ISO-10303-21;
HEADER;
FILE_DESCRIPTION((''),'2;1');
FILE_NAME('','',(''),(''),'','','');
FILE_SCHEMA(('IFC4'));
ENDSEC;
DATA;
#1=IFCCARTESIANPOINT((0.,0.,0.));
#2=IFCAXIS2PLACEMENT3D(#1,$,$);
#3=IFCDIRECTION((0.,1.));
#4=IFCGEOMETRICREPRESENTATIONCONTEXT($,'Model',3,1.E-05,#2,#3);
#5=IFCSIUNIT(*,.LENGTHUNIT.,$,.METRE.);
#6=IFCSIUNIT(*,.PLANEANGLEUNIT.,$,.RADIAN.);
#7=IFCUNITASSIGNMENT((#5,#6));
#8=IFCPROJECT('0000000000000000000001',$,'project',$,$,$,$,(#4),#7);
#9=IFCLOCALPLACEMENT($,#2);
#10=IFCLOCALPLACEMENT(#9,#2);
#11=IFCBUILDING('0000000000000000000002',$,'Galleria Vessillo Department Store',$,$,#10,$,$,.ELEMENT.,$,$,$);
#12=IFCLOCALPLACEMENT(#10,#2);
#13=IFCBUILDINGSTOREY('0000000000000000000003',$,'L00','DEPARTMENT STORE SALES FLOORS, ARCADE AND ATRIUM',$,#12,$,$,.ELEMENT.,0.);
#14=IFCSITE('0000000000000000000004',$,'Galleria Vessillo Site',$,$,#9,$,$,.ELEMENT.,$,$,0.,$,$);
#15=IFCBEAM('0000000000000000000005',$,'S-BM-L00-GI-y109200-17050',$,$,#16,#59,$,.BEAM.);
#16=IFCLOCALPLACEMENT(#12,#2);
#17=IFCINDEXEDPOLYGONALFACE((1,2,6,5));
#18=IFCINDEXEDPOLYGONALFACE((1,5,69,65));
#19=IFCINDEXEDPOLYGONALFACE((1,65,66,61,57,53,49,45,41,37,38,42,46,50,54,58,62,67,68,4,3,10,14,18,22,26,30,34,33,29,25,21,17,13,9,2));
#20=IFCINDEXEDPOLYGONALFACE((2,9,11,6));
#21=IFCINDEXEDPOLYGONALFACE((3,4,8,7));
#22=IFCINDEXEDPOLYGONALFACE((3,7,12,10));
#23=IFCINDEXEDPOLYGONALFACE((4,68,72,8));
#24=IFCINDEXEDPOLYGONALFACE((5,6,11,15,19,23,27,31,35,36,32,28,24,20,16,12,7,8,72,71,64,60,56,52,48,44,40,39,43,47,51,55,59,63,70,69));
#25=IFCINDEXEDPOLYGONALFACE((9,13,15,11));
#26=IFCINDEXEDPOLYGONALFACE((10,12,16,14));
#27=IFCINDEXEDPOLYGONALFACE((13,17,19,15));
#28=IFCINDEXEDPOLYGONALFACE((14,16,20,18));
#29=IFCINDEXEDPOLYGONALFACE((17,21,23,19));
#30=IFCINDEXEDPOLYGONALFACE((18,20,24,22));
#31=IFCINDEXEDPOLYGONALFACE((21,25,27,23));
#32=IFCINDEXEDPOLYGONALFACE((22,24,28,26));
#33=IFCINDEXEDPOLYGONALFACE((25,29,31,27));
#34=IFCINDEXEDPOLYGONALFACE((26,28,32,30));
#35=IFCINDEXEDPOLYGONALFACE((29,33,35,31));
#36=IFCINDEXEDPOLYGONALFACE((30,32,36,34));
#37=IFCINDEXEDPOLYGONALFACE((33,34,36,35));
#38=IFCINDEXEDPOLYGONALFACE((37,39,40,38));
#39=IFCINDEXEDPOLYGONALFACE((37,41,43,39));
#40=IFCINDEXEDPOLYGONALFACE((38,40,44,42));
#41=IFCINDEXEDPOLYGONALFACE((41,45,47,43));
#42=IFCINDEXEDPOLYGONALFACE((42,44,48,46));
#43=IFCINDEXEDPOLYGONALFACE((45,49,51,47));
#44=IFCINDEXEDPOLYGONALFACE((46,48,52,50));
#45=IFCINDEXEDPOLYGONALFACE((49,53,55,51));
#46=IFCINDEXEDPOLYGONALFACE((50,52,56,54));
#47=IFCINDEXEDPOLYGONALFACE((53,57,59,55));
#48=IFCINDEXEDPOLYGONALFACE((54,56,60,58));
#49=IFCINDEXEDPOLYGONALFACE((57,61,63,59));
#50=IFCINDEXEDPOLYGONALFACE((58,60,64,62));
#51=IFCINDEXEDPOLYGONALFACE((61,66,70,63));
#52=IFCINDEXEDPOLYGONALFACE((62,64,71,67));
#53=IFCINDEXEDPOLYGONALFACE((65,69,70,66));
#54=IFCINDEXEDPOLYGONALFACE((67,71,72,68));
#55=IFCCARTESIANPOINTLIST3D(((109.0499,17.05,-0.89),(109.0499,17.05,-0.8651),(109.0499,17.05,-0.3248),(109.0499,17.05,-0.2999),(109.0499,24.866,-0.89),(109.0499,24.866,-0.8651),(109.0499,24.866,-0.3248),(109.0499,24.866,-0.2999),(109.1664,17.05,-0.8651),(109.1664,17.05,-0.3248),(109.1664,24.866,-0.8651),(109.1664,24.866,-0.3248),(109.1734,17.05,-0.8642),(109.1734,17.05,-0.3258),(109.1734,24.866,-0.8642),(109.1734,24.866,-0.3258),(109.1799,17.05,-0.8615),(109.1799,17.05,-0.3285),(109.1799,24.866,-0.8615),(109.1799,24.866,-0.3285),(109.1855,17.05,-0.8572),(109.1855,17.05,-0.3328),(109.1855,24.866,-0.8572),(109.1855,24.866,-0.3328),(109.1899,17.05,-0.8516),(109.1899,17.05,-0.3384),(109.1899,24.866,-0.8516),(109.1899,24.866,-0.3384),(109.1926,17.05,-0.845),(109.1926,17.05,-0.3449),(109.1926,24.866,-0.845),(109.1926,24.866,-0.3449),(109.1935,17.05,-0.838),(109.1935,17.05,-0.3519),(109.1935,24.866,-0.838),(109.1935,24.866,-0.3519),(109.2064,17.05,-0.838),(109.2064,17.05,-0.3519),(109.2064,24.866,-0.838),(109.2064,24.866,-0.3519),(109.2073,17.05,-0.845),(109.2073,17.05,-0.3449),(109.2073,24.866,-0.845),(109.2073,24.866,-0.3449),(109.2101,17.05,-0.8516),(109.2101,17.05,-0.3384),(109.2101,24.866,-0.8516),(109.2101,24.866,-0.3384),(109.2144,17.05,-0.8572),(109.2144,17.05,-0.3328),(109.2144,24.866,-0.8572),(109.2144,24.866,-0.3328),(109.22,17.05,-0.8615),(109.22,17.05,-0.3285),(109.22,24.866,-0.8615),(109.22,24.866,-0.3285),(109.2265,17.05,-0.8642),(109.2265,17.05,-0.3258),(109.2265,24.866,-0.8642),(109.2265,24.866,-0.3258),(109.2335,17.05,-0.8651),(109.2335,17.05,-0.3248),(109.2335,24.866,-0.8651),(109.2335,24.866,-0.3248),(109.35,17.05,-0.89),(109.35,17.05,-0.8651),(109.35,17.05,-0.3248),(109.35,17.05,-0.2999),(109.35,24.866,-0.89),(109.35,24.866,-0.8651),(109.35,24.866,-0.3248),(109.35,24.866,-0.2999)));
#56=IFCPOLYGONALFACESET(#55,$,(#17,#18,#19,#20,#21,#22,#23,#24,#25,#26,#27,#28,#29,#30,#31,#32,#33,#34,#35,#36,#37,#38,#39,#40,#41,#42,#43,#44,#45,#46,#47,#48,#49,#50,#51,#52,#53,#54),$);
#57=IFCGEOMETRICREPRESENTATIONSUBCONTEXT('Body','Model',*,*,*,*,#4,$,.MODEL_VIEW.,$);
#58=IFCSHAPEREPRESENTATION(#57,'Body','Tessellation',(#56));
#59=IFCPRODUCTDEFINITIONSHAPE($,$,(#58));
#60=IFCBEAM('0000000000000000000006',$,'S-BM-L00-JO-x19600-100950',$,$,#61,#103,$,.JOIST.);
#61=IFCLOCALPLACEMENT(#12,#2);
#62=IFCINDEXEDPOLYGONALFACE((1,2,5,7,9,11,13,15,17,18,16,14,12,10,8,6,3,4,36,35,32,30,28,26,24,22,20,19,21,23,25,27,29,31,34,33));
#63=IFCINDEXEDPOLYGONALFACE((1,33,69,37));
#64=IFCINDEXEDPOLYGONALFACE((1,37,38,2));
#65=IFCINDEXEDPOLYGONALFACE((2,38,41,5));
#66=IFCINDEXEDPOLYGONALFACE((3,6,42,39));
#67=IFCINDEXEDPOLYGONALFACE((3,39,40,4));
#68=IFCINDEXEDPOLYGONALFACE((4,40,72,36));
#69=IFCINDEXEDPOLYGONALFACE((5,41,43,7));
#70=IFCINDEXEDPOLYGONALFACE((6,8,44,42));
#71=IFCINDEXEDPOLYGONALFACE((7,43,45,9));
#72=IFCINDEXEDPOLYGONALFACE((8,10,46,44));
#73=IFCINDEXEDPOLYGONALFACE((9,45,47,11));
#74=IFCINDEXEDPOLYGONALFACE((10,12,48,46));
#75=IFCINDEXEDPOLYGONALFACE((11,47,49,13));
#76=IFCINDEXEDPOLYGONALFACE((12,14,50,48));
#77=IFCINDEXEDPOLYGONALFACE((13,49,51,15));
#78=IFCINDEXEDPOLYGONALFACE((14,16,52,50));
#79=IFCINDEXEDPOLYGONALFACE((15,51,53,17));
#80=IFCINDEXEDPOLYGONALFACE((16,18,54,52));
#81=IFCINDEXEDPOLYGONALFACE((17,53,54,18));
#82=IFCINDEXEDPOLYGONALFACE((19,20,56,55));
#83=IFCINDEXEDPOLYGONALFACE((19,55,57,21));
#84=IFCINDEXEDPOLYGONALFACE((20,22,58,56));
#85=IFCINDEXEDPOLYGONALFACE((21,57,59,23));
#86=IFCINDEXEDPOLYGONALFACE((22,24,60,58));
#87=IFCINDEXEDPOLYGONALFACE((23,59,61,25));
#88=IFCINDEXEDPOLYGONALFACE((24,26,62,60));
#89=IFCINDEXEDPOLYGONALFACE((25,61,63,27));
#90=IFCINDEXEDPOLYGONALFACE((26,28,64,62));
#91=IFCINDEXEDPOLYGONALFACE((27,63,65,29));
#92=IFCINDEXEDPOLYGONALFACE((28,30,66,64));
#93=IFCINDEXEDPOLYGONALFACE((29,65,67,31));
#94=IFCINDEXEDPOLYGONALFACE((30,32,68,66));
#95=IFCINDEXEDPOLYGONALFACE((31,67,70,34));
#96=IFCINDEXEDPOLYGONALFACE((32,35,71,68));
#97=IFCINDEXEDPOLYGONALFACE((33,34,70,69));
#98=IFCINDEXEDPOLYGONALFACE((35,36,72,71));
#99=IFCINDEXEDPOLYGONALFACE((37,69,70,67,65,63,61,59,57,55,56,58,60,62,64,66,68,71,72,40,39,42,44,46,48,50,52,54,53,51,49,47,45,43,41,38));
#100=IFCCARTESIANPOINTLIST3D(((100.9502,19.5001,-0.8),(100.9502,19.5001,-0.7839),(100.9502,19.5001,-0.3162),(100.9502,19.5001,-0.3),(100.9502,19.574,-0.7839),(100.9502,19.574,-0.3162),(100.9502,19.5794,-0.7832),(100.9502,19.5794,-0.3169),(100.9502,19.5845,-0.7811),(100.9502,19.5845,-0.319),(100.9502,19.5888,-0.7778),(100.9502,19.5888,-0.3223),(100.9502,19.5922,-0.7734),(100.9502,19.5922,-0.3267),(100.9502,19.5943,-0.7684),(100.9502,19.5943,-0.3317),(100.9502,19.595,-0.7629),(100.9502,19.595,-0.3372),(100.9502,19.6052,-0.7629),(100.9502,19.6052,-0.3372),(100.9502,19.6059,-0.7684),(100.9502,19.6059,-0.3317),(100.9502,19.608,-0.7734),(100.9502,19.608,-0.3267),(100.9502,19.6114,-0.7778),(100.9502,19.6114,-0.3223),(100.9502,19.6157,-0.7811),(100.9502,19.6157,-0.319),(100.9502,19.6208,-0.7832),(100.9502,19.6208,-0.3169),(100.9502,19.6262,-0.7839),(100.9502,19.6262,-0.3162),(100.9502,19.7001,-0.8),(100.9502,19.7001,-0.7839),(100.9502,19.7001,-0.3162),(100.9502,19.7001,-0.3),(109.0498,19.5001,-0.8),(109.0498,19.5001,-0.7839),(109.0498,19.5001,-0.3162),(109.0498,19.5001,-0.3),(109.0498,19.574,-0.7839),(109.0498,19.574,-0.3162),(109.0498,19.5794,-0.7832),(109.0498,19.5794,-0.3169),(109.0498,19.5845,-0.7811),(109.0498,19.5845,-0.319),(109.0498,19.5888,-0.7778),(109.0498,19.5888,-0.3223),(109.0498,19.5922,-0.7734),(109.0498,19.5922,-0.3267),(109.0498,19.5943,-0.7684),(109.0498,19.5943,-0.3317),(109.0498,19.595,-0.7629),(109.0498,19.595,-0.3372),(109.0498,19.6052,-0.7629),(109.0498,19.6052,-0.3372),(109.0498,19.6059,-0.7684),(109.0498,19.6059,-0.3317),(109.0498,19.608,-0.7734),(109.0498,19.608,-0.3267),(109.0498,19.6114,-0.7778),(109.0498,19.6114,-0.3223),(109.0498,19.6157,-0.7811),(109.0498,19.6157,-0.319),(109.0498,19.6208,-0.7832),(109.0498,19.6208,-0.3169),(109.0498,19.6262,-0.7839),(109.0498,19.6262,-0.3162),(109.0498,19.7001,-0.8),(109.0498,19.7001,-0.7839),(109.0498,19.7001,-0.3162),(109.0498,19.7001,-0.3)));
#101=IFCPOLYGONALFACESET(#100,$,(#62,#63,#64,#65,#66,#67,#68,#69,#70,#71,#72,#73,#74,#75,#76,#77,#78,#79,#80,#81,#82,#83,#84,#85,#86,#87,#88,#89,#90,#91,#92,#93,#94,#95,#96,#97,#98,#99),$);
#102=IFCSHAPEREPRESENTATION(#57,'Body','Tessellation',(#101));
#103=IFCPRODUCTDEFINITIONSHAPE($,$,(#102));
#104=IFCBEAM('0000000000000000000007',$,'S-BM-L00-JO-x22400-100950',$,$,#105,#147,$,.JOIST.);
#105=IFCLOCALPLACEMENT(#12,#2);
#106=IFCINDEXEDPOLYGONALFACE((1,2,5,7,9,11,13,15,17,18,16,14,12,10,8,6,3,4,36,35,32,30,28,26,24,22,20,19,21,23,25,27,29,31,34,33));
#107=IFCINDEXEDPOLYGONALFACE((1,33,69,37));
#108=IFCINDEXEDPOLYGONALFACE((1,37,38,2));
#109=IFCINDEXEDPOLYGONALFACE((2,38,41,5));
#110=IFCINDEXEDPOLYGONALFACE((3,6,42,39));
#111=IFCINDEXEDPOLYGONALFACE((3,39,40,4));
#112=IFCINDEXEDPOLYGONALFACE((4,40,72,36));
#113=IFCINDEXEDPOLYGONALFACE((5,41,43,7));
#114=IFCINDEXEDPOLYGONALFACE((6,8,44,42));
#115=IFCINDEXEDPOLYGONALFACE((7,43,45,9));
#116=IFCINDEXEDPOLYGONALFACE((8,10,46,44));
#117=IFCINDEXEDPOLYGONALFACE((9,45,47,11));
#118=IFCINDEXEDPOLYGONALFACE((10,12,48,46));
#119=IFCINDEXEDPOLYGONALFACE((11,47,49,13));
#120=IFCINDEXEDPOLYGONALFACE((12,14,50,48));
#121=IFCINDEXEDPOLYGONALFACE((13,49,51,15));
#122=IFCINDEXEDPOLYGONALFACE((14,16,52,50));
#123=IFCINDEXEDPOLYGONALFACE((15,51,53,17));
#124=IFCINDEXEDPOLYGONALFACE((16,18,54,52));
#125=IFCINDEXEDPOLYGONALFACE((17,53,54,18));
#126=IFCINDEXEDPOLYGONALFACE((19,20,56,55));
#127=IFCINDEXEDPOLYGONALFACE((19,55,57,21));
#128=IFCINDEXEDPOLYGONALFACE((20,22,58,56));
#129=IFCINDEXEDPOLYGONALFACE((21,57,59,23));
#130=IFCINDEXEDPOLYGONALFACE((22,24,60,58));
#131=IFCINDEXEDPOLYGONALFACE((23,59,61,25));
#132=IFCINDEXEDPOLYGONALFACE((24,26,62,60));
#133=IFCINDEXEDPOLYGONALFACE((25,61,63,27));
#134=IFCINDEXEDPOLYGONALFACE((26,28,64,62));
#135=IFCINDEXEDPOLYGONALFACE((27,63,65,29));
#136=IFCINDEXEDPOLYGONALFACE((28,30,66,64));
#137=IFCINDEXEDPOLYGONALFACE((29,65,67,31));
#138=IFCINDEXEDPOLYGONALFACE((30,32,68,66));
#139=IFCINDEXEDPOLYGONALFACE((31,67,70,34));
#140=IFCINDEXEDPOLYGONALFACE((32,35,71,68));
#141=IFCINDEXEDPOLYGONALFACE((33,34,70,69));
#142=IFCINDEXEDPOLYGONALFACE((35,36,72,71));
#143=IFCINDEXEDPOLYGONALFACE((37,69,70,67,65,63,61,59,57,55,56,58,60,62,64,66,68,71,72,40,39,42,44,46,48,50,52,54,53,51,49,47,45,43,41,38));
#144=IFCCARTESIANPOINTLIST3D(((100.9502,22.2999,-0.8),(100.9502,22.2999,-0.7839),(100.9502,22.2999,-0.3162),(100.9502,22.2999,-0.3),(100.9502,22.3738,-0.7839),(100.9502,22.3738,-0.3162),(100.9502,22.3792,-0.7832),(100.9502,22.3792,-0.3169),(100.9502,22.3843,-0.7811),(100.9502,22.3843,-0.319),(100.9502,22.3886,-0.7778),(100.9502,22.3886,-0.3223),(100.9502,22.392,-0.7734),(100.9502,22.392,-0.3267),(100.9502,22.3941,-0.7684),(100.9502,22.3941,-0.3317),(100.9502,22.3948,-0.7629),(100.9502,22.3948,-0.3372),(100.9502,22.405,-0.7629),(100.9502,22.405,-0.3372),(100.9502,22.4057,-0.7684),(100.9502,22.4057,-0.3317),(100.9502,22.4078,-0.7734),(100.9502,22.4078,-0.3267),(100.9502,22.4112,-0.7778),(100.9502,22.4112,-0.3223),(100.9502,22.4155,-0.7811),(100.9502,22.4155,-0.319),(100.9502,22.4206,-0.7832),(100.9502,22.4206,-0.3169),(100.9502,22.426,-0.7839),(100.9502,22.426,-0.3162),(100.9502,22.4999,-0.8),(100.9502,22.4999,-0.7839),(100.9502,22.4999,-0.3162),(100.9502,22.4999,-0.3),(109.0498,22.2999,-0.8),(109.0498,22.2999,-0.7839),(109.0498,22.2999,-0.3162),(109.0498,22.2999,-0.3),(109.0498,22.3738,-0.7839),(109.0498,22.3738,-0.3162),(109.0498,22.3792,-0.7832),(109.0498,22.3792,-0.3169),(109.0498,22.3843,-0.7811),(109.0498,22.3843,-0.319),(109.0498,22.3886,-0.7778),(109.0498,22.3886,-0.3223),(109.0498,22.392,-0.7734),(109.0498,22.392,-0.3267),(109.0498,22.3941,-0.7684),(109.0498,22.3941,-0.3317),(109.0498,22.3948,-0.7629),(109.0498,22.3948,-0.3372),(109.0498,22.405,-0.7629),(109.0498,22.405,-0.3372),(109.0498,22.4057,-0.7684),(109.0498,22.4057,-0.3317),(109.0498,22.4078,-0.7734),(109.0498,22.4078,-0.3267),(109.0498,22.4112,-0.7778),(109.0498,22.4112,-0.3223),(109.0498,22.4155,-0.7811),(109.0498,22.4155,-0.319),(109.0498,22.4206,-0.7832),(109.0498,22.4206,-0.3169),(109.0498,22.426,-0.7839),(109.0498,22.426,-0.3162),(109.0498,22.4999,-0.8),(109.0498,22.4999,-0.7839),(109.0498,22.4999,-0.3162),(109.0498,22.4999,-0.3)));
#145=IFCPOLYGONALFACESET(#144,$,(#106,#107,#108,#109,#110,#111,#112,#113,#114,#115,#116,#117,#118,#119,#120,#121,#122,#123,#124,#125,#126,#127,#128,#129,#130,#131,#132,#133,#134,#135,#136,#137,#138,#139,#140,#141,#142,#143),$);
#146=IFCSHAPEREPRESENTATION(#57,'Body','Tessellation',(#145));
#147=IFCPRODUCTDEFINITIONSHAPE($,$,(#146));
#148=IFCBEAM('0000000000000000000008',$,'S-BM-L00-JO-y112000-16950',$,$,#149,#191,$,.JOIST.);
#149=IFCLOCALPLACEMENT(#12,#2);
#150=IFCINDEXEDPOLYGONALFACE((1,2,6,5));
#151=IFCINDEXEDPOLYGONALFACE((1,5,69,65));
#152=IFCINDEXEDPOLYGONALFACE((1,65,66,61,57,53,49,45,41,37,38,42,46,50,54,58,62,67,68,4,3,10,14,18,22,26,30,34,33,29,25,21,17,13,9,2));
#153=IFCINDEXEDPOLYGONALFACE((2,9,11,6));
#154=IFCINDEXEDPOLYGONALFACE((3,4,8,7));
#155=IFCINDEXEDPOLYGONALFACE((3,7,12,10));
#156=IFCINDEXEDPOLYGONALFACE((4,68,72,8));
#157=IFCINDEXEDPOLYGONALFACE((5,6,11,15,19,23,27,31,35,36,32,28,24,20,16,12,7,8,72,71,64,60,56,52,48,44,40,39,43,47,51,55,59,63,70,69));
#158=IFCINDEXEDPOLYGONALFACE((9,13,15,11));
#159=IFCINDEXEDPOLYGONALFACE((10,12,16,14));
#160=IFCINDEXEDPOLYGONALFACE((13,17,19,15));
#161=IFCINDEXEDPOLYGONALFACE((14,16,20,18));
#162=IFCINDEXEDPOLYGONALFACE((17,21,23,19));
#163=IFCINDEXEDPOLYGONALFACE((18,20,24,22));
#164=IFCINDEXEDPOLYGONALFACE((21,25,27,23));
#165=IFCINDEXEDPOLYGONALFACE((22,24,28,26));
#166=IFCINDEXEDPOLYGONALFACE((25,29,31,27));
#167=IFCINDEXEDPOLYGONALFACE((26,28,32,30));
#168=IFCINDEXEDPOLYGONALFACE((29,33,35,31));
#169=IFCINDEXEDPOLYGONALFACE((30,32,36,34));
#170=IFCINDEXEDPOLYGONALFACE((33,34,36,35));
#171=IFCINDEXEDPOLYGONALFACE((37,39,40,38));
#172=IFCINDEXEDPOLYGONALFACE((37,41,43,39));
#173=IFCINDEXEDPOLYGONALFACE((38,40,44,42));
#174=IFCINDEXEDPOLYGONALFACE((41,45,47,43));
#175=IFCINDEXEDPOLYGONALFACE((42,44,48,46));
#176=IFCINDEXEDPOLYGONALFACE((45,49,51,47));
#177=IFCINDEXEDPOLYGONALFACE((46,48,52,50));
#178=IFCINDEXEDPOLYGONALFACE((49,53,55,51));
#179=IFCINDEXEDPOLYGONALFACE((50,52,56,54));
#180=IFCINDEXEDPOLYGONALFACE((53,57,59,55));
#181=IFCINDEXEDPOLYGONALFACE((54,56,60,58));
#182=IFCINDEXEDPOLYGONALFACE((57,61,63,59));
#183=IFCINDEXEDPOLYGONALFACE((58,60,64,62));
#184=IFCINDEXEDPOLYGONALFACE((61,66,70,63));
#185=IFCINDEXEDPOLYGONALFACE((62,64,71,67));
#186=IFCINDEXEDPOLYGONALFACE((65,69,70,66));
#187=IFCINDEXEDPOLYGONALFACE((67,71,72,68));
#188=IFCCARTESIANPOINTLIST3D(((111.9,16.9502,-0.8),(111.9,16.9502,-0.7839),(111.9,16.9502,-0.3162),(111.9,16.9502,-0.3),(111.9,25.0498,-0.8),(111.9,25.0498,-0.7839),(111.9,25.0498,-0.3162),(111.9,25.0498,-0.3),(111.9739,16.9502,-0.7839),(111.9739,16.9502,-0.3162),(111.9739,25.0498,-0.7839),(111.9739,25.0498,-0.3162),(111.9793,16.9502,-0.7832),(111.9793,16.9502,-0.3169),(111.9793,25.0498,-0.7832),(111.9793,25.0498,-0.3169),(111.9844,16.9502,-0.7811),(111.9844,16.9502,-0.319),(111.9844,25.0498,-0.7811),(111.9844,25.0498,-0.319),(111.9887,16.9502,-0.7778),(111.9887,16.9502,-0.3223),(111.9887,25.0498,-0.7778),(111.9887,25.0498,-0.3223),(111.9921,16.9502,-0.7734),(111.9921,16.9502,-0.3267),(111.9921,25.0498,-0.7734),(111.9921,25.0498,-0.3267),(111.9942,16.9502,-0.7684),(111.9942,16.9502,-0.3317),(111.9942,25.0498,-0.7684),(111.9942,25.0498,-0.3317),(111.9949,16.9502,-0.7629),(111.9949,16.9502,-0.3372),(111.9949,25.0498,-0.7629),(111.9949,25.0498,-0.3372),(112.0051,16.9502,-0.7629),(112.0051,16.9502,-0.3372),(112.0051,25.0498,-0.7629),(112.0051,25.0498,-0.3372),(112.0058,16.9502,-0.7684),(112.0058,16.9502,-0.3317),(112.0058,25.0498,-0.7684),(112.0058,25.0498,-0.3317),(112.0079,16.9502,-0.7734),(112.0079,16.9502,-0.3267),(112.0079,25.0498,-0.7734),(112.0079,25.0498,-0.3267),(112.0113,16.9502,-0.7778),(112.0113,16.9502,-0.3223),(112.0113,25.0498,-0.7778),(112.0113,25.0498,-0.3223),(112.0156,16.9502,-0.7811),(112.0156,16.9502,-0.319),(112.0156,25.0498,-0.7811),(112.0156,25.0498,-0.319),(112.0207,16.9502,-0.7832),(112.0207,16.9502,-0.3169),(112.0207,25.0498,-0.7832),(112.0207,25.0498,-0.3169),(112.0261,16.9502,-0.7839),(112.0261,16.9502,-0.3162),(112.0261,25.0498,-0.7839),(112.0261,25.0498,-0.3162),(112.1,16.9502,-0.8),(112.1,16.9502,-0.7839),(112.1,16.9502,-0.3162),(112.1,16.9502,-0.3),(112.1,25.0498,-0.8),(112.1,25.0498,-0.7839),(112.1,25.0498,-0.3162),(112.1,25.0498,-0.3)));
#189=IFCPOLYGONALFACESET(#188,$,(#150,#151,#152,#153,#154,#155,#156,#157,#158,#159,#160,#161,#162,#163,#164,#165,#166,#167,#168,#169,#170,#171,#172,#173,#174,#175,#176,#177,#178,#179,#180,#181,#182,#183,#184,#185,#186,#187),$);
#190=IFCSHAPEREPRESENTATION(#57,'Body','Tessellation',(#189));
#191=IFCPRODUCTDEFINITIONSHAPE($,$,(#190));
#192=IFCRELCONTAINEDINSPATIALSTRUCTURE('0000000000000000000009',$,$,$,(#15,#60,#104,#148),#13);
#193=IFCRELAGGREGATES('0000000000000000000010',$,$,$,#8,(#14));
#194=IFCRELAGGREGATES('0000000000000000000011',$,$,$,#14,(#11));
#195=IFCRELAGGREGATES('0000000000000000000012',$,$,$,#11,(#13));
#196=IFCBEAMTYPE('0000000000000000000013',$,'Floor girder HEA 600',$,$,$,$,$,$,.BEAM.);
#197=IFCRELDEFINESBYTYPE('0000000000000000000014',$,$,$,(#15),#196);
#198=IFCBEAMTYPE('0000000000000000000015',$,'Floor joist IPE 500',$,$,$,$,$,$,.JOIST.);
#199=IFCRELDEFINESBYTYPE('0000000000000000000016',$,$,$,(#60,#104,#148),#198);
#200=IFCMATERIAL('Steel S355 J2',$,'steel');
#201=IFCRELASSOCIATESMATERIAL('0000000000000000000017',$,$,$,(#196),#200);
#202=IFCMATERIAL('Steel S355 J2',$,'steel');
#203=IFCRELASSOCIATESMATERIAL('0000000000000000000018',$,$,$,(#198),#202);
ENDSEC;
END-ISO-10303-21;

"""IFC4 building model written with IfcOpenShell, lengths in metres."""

from ifc_helpers import new_model, si_unit, direction, frame, origin, origin_2d, place, context, subcontext, project, spatial, i_section, extrude, material, material_profile, profile_set, type_object, element, save


model = new_model("IFC4")

# Units and contexts
model_context = context("Model", 3, precision=1e-05, world=origin(), true_north=direction((0.0, 1.0)))
body_context = subcontext(model_context, "Body", "Model", "MODEL_VIEW")
ifc_project = project(units=[si_unit("LENGTHUNIT", "METRE"), si_unit("PLANEANGLEUNIT", "RADIAN")], contexts=[model_context])

# Site, building, storey
site_placement = place(None, origin())
site = spatial("IfcSite", under=ifc_project, at=site_placement, Name="Galleria Vessillo Site", CompositionType="ELEMENT", RefElevation=0.0)
building_placement = place(site_placement, origin())
building = spatial("IfcBuilding", under=site, at=building_placement, Name="Galleria Vessillo Department Store", CompositionType="ELEMENT")
storey_placement = place(building_placement, origin())
storey = spatial("IfcBuildingStorey", under=building, at=storey_placement, Name="L00", Description="DEPARTMENT STORE SALES FLOORS, ARCADE AND ATRIUM", CompositionType="ELEMENT", Elevation=0.0)

# Beams
ifc_material_1 = material(Name="Steel S355 J2", Category="steel")
ifc_material_profile_1 = material_profile(ifc_material_1, i_section(OverallWidth=0.3, OverallDepth=0.5901, WebThickness=0.0129, FlangeThickness=0.0249, FilletRadius=0.0271, at=origin_2d()), Name="HEA 600")
ifc_profile_set_1 = profile_set([ifc_material_profile_1], Name="Steel S355 J2")
beam_type_1 = type_object("IfcBeamType", Name="Floor girder HEA 600", PredefinedType="BEAM", material=ifc_profile_set_1)
for number, where, z_axis, x_axis, name in (
    (1, (109.2, 17.05, -0.595), (0.0, 1.0, 0.0), (-1.0, 0.0, 0.0), "S-BM-L00-GI-y109200-17050"),
):
    element("IfcBeam", number, at=place(storey_placement, frame(where, z_axis=z_axis, x_axis=x_axis)), inside=storey, type_object=beam_type_1, Name=name, PredefinedType="BEAM", context=body_context, shape_type="SweptSolid", body=[
        extrude(i_section(OverallWidth=0.3, OverallDepth=0.5901, WebThickness=0.0129, FlangeThickness=0.0249, FilletRadius=0.0271, at=origin_2d()), origin(), (0.0, 0.0, 1.0), 7.8159),
    ])
ifc_material_2 = material(Name="Steel S355 J2", Category="steel")
ifc_material_profile_2 = material_profile(ifc_material_2, i_section(OverallWidth=0.2, OverallDepth=0.5, WebThickness=0.0103, FlangeThickness=0.0161, FilletRadius=0.021, at=origin_2d()), Name="IPE 500")
ifc_profile_set_2 = profile_set([ifc_material_profile_2], Name="Steel S355 J2")
beam_type_2 = type_object("IfcBeamType", Name="Floor joist IPE 500", PredefinedType="JOIST", material=ifc_profile_set_2)
for number, where, z_axis, x_axis, name in (
    (2, (100.9502, 19.6001, -0.55), (1.0, 0.0, 0.0), (0.0, 1.0, 0.0), "S-BM-L00-JO-x19600-100950"),
    (3, (100.9502, 22.3999, -0.55), (1.0, 0.0, 0.0), (0.0, 1.0, 0.0), "S-BM-L00-JO-x22400-100950"),
    (4, (112.0, 16.9502, -0.55), (0.0, 1.0, 0.0), (-1.0, 0.0, 0.0), "S-BM-L00-JO-y112000-16950"),
):
    element("IfcBeam", number, at=place(storey_placement, frame(where, z_axis=z_axis, x_axis=x_axis)), inside=storey, type_object=beam_type_2, Name=name, PredefinedType="JOIST", context=body_context, shape_type="SweptSolid", body=[
        extrude(i_section(OverallWidth=0.2, OverallDepth=0.5, WebThickness=0.0103, FlangeThickness=0.0161, FilletRadius=0.021, at=origin_2d()), origin(), (0.0, 0.0, 1.0), 8.0996),
    ])

save(model, "model.ifc")
